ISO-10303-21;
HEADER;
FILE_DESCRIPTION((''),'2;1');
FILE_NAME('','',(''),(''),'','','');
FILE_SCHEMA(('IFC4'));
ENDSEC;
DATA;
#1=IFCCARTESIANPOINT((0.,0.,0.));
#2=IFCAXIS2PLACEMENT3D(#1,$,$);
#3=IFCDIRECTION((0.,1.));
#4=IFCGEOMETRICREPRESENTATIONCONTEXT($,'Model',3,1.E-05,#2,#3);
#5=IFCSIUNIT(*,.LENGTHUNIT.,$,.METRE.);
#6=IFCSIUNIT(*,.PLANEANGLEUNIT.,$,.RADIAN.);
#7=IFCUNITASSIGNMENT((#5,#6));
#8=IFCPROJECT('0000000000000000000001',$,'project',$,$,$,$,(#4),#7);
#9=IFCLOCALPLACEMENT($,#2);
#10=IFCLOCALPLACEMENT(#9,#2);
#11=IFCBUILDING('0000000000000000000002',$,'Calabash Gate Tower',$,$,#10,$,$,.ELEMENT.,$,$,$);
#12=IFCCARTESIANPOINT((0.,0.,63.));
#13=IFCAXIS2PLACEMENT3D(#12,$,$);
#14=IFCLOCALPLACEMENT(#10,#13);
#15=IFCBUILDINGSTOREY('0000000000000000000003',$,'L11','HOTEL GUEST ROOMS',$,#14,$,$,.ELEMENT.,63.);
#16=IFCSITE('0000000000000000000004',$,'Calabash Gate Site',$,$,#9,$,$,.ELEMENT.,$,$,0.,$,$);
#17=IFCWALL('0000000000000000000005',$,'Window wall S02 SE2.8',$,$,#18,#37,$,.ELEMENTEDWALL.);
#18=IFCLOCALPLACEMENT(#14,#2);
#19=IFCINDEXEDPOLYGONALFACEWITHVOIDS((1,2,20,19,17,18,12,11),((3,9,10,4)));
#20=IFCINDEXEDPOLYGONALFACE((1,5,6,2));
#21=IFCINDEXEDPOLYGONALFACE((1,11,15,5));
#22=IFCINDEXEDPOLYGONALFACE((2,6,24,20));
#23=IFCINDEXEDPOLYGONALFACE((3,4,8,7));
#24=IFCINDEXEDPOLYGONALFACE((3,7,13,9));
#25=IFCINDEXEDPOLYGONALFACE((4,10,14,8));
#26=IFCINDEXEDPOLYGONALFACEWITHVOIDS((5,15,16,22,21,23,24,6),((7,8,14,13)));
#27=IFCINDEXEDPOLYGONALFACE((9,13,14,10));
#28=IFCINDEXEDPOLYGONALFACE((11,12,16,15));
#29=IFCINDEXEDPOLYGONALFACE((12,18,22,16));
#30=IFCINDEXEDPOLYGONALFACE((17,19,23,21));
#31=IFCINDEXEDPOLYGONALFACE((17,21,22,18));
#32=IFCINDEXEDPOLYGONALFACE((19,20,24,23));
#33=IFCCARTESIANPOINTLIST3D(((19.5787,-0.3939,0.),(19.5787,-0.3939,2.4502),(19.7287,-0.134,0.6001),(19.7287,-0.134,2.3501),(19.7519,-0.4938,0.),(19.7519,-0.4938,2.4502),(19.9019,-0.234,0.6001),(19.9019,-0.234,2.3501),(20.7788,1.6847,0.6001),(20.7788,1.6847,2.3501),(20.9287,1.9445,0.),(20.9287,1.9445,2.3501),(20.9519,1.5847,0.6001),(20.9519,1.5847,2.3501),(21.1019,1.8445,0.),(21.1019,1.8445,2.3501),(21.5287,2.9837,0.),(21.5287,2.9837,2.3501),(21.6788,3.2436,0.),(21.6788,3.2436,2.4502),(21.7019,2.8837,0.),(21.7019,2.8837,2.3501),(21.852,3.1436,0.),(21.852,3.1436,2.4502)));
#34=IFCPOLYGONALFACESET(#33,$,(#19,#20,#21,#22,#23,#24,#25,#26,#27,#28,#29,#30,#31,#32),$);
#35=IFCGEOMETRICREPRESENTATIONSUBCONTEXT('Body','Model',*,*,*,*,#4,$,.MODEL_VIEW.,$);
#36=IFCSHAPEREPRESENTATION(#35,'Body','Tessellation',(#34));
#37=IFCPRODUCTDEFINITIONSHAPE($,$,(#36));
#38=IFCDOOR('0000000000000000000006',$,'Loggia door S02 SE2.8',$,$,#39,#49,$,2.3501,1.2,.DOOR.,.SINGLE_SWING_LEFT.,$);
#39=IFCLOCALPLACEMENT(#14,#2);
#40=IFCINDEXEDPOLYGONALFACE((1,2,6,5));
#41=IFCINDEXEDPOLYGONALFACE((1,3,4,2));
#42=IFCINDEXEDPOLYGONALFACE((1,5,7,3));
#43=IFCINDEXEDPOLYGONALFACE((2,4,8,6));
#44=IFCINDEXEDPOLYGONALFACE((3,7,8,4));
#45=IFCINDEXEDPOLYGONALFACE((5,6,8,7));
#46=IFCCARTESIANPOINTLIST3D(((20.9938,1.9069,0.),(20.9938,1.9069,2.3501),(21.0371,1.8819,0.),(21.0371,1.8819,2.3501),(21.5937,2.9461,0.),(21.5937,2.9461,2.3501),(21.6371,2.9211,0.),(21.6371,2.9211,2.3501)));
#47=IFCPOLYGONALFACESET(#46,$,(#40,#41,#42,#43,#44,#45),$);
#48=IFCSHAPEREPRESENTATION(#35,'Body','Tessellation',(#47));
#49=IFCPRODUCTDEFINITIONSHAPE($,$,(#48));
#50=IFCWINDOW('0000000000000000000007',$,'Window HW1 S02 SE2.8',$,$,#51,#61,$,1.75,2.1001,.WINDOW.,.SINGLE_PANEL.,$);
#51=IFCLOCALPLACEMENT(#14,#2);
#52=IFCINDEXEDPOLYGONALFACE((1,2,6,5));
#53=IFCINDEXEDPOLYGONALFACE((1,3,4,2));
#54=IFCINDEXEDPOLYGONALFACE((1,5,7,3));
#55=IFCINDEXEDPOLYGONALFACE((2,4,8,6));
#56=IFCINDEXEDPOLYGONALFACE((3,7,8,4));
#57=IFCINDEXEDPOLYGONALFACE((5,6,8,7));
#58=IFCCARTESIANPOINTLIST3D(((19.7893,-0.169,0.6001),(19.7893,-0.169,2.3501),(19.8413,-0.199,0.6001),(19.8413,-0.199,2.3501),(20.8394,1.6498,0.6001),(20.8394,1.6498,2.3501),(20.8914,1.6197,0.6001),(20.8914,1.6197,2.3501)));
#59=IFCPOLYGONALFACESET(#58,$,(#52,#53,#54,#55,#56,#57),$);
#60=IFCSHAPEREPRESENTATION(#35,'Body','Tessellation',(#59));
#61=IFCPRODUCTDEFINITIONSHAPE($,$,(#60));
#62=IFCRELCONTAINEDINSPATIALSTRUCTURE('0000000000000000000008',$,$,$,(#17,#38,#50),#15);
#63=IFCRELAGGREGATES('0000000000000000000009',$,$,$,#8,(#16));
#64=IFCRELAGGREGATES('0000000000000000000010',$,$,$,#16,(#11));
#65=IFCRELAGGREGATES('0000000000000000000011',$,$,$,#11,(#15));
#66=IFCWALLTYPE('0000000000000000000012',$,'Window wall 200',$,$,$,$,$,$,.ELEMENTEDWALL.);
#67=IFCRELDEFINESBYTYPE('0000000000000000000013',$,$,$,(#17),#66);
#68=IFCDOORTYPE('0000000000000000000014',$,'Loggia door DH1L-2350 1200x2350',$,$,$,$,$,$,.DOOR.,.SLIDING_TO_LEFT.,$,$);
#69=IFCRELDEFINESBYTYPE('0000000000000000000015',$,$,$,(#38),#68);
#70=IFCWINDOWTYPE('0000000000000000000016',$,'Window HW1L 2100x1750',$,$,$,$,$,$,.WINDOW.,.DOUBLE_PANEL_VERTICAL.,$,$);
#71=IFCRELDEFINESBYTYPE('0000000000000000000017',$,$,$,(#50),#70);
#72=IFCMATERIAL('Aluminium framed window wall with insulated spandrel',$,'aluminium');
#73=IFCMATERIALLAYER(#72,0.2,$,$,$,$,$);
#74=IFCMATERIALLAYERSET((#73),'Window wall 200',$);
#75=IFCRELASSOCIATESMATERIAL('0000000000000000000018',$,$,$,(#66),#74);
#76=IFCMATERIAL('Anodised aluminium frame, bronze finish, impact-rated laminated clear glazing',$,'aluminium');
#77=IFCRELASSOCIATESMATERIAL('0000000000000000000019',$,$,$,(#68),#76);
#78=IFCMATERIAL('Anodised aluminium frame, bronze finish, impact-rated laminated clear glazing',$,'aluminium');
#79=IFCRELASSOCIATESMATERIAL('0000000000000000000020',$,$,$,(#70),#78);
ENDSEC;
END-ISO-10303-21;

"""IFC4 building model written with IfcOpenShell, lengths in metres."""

from ifc_helpers import new_model, si_unit, direction, frame, frame_2d, origin, place, context, subcontext, project, spatial, rectangle, extrude, material, layer, layer_set, type_object, element, fill, save


model = new_model("IFC4")

# Units and contexts
model_context = context("Model", 3, precision=1e-05, world=origin(), true_north=direction((0.0, 1.0)))
body_context = subcontext(model_context, "Body", "Model", "MODEL_VIEW")
ifc_project = project(units=[si_unit("LENGTHUNIT", "METRE"), si_unit("PLANEANGLEUNIT", "RADIAN")], contexts=[model_context])

# Site, building, storey
site_placement = place(None, origin())
site = spatial("IfcSite", under=ifc_project, at=site_placement, Name="Calabash Gate Site", CompositionType="ELEMENT", RefElevation=0.0)
building_placement = place(site_placement, origin())
building = spatial("IfcBuilding", under=site, at=building_placement, Name="Calabash Gate Tower", CompositionType="ELEMENT")
storey_placement = place(building_placement, frame((0.0, 0.0, 63.0)))
storey = spatial("IfcBuildingStorey", under=building, at=storey_placement, Name="L11", Description="HOTEL GUEST ROOMS", CompositionType="ELEMENT", Elevation=63.0)

# Shared definitions
ifc_material_1 = material(Name="Aluminium framed window wall with insulated spandrel", Category="aluminium")
ifc_layer_1 = layer(ifc_material_1, 0.2)
ifc_layer_set_1 = layer_set([ifc_layer_1], Name="Window wall 200")
wall_type_1 = type_object("IfcWallType", Name="Window wall 200", PredefinedType="ELEMENTEDWALL", material=ifc_layer_set_1)

# Wall, openings, door, window
wall_1_placement = place(storey_placement, frame((19.6653, -0.4438, 0.0), z_axis=(0.0, 0.0, 1.0), x_axis=(0.500003, 0.866024, 0.0)))
wall_1 = element("IfcWall", 1, at=wall_1_placement, inside=storey, type_object=wall_type_1, Name="Window wall S02 SE2.8", PredefinedType="ELEMENTEDWALL", context=body_context, shape_type="SweptSolid", body=[
    extrude(rectangle(XDim=4.2002, YDim=0.2, at=frame_2d((2.1001, 0.0))), origin(), (0.0, 0.0, 1.0), 2.4502),
])
opening_1_placement = place(wall_1_placement, frame((0.3, 0.0, 0.6001)))
opening_1 = element("IfcOpeningElement", 2, at=opening_1_placement, cuts=wall_1, PredefinedType="OPENING", context=body_context, shape_type="SweptSolid", body=[
    extrude(rectangle(XDim=2.1001, YDim=1.75, at=frame_2d((1.05, 0.875))), frame((0.0, 0.1099, 0.0), z_axis=(0.0, -1.0, 0.0), x_axis=(1.0, 0.0, 0.0)), (0.0, 0.0, 1.0), 0.22),
])
opening_2_placement = place(wall_1_placement, frame((2.7, 0.0, 0.0)))
opening_2 = element("IfcOpeningElement", 3, at=opening_2_placement, cuts=wall_1, PredefinedType="OPENING", context=body_context, shape_type="SweptSolid", body=[
    extrude(rectangle(XDim=1.2, YDim=2.3501, at=frame_2d((0.6001, 1.175))), frame((0.0, 0.1099, 0.0), z_axis=(0.0, -1.0, 0.0), x_axis=(1.0, 0.0, 0.0)), (0.0, 0.0, 1.0), 0.22),
])
ifc_material_2 = material(Name="Anodised aluminium frame, bronze finish, impact-rated laminated clear glazing", Category="aluminium")
door_type = type_object("IfcDoorType", Name="Loggia door DH1L-2350 1200x2350", OperationType="SLIDING_TO_LEFT", PredefinedType="DOOR", material=ifc_material_2)
door_placement = place(opening_2_placement, origin())
door = element("IfcDoor", 4, at=door_placement, inside=storey, type_object=door_type, Name="Loggia door S02 SE2.8", OperationType="SINGLE_SWING_LEFT", OverallHeight=2.3501, OverallWidth=1.2, PredefinedType="DOOR", context=body_context, shape_type="SweptSolid", body=[
    extrude(rectangle(XDim=1.2, YDim=2.3501, at=frame_2d((0.6001, 1.175))), frame((0.0, 0.0249, 0.0), z_axis=(0.0, -1.0, 0.0), x_axis=(1.0, 0.0, 0.0)), (0.0, 0.0, 1.0), 0.05),
])
fill(opening_2, door)
ifc_material_3 = material(Name="Anodised aluminium frame, bronze finish, impact-rated laminated clear glazing", Category="aluminium")
window_type = type_object("IfcWindowType", Name="Window HW1L 2100x1750", PartitioningType="DOUBLE_PANEL_VERTICAL", PredefinedType="WINDOW", material=ifc_material_3)
window_placement = place(opening_1_placement, origin())
window = element("IfcWindow", 5, at=window_placement, inside=storey, type_object=window_type, Name="Window HW1 S02 SE2.8", OverallHeight=1.75, OverallWidth=2.1001, PartitioningType="SINGLE_PANEL", PredefinedType="WINDOW", context=body_context, shape_type="SweptSolid", body=[
    extrude(rectangle(XDim=2.1001, YDim=1.75, at=frame_2d((1.05, 0.875))), frame((0.0, 0.03, 0.0), z_axis=(0.0, -1.0, 0.0), x_axis=(1.0, 0.0, 0.0)), (0.0, 0.0, 1.0), 0.0601),
])
fill(opening_1, window)

save(model, "model.ifc")
